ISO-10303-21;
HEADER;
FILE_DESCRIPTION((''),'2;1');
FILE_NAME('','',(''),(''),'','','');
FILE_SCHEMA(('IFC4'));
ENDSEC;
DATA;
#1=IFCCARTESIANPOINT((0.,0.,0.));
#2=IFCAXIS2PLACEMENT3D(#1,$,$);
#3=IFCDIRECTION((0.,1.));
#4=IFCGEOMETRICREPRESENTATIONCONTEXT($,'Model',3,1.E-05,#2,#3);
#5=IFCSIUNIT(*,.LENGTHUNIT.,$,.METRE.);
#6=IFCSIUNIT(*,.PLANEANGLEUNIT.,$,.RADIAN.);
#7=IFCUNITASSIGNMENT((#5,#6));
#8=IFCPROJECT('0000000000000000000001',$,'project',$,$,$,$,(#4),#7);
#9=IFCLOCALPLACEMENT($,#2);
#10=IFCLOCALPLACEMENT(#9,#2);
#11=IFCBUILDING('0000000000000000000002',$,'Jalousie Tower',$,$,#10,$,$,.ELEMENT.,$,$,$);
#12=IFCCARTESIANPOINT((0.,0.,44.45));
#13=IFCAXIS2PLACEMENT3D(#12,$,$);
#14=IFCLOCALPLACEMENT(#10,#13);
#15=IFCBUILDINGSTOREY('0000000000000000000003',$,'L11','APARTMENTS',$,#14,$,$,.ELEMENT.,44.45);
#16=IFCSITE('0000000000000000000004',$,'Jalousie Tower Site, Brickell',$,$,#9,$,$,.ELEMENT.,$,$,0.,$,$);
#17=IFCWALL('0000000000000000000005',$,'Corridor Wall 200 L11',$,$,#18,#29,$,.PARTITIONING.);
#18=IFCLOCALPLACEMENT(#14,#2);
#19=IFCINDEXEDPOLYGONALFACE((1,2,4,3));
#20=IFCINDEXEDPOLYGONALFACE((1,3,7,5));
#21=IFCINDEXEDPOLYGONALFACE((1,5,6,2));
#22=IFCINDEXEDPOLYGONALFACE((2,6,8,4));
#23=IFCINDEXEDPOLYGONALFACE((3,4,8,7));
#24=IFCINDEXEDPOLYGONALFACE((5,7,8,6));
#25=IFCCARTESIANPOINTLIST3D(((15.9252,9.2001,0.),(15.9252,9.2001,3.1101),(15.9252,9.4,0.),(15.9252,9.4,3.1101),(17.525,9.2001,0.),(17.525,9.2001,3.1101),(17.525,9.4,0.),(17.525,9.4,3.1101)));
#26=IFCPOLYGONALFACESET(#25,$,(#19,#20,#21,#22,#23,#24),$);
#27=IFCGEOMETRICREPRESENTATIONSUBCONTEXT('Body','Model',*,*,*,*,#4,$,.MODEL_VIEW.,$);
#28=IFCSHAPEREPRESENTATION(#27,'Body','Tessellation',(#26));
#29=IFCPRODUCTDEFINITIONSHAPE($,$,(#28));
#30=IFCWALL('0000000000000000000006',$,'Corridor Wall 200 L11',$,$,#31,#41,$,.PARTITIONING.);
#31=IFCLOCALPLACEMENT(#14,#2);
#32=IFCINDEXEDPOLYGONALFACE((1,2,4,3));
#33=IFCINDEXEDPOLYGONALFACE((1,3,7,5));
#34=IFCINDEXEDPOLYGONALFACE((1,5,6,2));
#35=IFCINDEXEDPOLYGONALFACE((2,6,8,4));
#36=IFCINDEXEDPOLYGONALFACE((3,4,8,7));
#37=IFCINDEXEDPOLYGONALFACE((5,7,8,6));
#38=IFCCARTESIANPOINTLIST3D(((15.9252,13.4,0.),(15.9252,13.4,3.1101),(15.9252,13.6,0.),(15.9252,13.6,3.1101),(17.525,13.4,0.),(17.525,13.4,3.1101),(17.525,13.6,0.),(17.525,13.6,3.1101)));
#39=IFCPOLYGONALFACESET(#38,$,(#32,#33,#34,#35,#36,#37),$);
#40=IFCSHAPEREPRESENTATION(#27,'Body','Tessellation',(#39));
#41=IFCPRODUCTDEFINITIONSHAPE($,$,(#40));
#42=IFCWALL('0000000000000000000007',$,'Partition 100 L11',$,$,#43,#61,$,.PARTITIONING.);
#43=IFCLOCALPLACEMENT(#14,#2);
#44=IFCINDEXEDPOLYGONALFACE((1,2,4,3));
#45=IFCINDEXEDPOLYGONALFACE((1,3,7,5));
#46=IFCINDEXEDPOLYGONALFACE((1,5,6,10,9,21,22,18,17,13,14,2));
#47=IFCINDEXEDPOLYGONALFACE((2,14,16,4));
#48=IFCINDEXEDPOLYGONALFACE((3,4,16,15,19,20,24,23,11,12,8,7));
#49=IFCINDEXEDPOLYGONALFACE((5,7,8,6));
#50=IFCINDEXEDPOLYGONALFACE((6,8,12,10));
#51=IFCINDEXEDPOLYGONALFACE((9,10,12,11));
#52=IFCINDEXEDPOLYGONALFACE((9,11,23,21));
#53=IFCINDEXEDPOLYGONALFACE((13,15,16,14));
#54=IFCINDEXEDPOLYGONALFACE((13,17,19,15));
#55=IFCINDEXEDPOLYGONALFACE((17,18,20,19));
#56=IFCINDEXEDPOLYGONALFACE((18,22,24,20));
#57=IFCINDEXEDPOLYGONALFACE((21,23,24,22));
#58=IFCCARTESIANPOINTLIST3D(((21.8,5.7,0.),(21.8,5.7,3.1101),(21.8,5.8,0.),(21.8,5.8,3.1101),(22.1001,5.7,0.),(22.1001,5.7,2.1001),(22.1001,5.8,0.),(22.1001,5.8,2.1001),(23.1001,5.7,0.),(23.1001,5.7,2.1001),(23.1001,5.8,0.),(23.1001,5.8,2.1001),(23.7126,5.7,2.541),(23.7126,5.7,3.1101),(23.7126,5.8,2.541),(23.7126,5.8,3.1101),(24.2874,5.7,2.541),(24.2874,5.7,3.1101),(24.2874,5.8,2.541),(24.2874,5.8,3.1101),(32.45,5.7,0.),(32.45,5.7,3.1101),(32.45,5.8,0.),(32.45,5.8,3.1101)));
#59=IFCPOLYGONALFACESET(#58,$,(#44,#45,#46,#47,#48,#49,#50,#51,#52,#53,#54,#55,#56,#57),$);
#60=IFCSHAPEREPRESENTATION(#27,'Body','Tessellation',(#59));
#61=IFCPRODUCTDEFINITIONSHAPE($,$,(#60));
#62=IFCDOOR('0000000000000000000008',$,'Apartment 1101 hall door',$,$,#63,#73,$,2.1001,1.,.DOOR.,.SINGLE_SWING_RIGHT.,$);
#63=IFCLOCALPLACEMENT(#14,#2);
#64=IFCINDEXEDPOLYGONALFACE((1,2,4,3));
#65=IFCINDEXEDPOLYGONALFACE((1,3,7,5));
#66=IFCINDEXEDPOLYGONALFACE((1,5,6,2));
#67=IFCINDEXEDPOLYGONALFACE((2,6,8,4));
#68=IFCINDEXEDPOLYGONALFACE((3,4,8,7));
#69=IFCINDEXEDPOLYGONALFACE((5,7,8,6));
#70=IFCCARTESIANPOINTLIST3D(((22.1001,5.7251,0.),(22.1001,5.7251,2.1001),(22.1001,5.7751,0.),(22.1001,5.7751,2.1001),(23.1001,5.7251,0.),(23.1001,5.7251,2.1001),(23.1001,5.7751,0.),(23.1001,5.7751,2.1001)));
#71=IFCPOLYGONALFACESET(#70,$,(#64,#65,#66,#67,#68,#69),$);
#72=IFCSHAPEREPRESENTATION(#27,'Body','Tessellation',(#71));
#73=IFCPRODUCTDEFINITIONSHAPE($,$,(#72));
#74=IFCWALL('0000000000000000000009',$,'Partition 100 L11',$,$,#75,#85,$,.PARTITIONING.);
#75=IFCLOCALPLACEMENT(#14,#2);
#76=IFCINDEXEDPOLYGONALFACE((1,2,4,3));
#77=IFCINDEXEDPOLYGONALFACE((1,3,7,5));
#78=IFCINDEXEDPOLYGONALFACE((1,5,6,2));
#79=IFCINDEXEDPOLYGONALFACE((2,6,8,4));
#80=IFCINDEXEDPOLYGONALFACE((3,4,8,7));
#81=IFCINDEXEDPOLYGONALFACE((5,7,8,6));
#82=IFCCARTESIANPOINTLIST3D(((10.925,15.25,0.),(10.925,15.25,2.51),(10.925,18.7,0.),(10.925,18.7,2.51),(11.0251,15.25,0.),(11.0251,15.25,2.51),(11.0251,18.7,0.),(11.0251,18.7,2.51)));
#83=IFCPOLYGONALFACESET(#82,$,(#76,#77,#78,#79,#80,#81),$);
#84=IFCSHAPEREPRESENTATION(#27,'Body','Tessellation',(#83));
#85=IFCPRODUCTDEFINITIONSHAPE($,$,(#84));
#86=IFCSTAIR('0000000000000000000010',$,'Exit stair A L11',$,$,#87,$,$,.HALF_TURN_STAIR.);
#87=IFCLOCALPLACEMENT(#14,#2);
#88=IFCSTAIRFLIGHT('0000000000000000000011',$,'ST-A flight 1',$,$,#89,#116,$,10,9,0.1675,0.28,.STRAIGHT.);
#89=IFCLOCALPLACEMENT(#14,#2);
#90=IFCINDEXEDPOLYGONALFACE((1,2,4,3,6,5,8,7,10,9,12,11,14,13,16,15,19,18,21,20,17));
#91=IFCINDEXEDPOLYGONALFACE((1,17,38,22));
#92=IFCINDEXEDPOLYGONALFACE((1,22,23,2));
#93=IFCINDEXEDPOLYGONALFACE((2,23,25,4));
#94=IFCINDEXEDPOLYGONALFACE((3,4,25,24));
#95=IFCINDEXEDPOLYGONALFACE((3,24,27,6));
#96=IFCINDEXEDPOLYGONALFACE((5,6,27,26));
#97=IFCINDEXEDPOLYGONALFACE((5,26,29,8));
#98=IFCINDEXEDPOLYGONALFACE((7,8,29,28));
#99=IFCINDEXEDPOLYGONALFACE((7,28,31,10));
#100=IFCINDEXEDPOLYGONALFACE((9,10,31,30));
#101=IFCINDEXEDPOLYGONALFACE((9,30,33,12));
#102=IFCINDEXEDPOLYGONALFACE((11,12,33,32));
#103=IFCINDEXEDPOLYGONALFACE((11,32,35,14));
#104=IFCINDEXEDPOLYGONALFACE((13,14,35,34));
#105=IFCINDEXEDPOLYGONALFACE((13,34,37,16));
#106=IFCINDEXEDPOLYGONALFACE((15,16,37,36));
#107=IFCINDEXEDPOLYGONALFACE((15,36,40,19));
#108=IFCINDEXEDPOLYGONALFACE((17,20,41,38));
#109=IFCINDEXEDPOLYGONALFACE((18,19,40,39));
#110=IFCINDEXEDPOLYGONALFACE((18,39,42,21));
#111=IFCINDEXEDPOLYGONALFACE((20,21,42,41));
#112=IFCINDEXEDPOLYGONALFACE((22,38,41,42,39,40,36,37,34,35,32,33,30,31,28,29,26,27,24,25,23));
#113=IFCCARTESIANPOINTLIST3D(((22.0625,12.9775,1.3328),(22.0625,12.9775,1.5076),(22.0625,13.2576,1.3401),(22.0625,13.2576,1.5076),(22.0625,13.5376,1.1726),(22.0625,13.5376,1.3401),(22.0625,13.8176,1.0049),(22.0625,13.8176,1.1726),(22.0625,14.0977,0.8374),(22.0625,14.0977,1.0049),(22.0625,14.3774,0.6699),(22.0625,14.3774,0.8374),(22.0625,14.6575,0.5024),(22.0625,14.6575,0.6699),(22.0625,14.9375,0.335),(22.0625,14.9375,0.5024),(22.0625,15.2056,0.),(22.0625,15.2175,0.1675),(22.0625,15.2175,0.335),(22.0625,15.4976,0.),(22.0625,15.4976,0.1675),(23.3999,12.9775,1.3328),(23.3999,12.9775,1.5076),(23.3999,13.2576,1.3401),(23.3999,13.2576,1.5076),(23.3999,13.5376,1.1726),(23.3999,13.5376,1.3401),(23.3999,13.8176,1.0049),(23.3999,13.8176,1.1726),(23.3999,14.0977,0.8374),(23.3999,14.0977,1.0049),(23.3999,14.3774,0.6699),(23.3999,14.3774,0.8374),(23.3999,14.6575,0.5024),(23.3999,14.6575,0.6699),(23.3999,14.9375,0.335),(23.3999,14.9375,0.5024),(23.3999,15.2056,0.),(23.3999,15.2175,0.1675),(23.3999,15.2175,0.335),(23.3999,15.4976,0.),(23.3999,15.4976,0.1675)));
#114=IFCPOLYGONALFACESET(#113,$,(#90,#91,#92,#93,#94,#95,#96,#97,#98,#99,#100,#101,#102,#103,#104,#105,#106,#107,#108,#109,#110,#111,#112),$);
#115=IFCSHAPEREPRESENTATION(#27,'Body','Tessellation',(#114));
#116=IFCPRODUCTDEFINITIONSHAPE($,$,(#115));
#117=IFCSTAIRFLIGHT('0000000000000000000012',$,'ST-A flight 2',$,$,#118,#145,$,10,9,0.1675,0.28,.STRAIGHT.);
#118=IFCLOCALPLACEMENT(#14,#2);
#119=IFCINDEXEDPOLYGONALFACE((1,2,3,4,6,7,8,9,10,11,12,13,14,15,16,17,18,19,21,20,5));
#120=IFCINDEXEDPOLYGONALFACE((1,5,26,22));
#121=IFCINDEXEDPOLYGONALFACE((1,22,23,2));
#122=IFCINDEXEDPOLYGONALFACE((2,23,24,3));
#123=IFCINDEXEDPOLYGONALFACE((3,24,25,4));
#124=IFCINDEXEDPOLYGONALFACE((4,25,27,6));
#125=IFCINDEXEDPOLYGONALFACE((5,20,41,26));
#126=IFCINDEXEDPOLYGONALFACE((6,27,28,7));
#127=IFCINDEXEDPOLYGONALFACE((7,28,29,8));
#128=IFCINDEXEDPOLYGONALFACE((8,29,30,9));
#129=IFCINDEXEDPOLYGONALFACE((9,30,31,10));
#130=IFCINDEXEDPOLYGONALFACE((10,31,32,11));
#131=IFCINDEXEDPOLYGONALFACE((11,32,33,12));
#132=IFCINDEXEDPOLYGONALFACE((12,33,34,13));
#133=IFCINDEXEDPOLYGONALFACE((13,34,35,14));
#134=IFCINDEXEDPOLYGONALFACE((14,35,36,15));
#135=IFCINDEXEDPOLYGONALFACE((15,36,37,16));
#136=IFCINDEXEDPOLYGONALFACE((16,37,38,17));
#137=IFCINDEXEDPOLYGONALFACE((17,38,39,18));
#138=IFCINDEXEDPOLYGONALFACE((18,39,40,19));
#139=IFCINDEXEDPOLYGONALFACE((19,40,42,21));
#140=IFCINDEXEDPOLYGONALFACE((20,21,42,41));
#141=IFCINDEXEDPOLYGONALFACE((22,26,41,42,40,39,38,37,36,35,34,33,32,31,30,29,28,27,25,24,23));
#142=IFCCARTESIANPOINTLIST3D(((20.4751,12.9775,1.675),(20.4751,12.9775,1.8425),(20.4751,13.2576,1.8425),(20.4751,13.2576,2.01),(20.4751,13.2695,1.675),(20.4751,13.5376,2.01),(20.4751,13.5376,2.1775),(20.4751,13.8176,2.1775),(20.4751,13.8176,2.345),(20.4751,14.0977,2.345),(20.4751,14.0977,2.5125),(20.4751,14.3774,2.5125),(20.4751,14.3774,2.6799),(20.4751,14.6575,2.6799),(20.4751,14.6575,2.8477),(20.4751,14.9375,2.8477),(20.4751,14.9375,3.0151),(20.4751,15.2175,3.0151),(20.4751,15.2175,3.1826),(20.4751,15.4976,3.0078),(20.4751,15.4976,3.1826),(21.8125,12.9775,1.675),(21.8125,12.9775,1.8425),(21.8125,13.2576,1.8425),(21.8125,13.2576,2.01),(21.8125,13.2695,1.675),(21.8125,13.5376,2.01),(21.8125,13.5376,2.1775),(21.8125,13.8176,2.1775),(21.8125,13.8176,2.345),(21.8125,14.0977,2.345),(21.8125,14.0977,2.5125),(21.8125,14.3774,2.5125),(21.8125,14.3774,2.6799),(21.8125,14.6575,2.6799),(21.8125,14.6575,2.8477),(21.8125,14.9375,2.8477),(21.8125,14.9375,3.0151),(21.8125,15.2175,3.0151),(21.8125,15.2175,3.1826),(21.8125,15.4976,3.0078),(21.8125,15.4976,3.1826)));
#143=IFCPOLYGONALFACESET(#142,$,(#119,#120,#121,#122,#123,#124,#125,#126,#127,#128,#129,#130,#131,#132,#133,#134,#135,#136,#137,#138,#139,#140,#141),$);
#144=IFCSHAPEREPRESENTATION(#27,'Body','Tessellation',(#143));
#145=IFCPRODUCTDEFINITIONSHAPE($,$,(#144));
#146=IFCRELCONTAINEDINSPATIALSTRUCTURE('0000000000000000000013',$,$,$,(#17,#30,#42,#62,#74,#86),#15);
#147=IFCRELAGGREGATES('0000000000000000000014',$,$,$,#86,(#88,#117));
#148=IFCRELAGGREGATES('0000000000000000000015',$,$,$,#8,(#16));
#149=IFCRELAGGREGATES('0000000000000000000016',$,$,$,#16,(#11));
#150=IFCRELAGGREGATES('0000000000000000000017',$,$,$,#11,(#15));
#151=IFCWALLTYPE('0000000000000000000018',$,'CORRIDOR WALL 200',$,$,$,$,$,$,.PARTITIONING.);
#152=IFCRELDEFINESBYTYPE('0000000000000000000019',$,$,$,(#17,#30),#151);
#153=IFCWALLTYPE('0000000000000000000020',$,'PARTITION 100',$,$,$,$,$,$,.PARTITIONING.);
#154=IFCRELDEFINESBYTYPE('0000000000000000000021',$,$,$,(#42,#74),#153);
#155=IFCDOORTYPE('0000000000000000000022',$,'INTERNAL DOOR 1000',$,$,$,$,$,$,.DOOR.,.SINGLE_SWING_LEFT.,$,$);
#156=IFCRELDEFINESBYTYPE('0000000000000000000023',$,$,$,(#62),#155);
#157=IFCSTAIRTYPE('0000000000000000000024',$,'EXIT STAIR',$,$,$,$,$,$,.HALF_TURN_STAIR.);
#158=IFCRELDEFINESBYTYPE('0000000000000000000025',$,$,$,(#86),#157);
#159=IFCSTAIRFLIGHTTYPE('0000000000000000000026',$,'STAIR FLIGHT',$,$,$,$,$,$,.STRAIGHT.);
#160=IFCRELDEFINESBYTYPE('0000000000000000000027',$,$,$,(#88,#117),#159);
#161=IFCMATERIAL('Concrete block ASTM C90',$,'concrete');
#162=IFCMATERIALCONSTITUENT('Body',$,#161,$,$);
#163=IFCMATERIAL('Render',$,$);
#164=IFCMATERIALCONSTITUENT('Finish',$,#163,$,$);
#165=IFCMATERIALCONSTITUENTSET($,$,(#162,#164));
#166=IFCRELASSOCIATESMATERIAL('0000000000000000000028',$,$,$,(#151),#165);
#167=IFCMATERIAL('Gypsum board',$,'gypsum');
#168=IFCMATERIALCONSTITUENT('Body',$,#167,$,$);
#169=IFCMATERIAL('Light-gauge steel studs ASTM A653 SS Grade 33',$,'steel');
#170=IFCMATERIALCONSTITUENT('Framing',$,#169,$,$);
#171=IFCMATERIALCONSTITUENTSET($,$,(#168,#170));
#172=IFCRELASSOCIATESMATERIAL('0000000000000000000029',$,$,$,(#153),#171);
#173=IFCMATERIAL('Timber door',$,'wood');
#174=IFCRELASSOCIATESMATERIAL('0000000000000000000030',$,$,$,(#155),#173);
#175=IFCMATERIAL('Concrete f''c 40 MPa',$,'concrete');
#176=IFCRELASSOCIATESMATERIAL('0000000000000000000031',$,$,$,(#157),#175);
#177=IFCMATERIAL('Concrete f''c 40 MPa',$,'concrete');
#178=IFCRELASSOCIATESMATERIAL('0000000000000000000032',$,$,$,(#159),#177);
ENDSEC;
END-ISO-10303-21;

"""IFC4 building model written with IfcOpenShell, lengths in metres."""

from ifc_helpers import new_model, si_unit, direction, frame, frame_2d, origin, place, context, subcontext, project, spatial, polyline, rectangle, outline, extrude, material, constituent, constituent_set, type_object, element, fill, aggregate, save


model = new_model("IFC4")

# Units and contexts
model_context = context("Model", 3, precision=1e-05, world=origin(), true_north=direction((0.0, 1.0)))
body_context = subcontext(model_context, "Body", "Model", "MODEL_VIEW")
ifc_project = project(units=[si_unit("LENGTHUNIT", "METRE"), si_unit("PLANEANGLEUNIT", "RADIAN")], contexts=[model_context])

# Site, building, storey
site_placement = place(None, origin())
site = spatial("IfcSite", under=ifc_project, at=site_placement, Name="Jalousie Tower Site, Brickell", CompositionType="ELEMENT", RefElevation=0.0)
building_placement = place(site_placement, origin())
building = spatial("IfcBuilding", under=site, at=building_placement, Name="Jalousie Tower", CompositionType="ELEMENT")
storey_placement = place(building_placement, frame((0.0, 0.0, 44.45)))
storey = spatial("IfcBuildingStorey", under=building, at=storey_placement, Name="L11", Description="APARTMENTS", CompositionType="ELEMENT", Elevation=44.45)

# Shared definitions
ifc_material_1 = material(Name="Concrete block ASTM C90", Category="concrete")
ifc_constituent_1 = constituent(ifc_material_1, Name="Body")
ifc_material_2 = material(Name="Render")
ifc_constituent_2 = constituent(ifc_material_2, Name="Finish")
ifc_constituent_set_1 = constituent_set(constituents=[ifc_constituent_1, ifc_constituent_2])
wall_type_1 = type_object("IfcWallType", Name="CORRIDOR WALL 200", PredefinedType="PARTITIONING", material=ifc_constituent_set_1)

# Walls
for number, where, z_axis, x_axis, name in (
    (1, (17.5249, 9.3, 0.0), (0.0, 0.0, 1.0), (-1.0, 0.0, 0.0), "Corridor Wall 200 L11"),
    (2, (17.5249, 13.5, 0.0), (0.0, 0.0, 1.0), (-1.0, 0.0, 0.0), "Corridor Wall 200 L11"),
):
    element("IfcWall", number, at=place(storey_placement, frame(where, z_axis=z_axis, x_axis=x_axis)), inside=storey, type_object=wall_type_1, Name=name, PredefinedType="PARTITIONING", context=body_context, shape_type="SweptSolid", body=[
        extrude(rectangle(XDim=1.5999, YDim=0.2, at=frame_2d((0.7998, 0.0))), origin(), (0.0, 0.0, 1.0), 3.1101),
    ])

# Wall, opening, door
ifc_material_3 = material(Name="Gypsum board", Category="gypsum")
ifc_constituent_3 = constituent(ifc_material_3, Name="Body")
ifc_material_4 = material(Name="Light-gauge steel studs ASTM A653 SS Grade 33", Category="steel")
ifc_constituent_4 = constituent(ifc_material_4, Name="Framing")
ifc_constituent_set_2 = constituent_set(constituents=[ifc_constituent_3, ifc_constituent_4])
wall_type_2 = type_object("IfcWallType", Name="PARTITION 100", PredefinedType="PARTITIONING", material=ifc_constituent_set_2)
wall_1_placement = place(storey_placement, frame((21.8, 5.75, 0.0), z_axis=(0.0, 0.0, 1.0), x_axis=(1.0, 0.0, 0.0)))
wall_1 = element("IfcWall", 3, at=wall_1_placement, inside=storey, type_object=wall_type_2, Name="Partition 100 L11", PredefinedType="PARTITIONING", context=body_context, shape_type="SweptSolid", body=[
    extrude(outline(polyline([(0.0, 0.0), (10.6499, 0.0), (10.6499, 3.1101), (2.4873, 3.1101), (2.4873, 2.541), (1.9126, 2.541), (1.9126, 3.1101), (0.0, 3.1101), (0.0, 0.0)])), frame((0.0, 0.05, 0.0), z_axis=(0.0, -1.0, 0.0), x_axis=(1.0, 0.0, 0.0)), (0.0, 0.0, 1.0), 0.1001),
])
opening_1_placement = place(wall_1_placement, frame((0.3, 0.0, 0.0)))
opening_1 = element("IfcOpeningElement", 4, at=opening_1_placement, cuts=wall_1, PredefinedType="OPENING", context=body_context, shape_type="SweptSolid", body=[
    extrude(rectangle(XDim=1.0, YDim=2.1001, at=frame_2d((0.5, 1.05))), frame((0.0, 0.0601, 0.0), z_axis=(0.0, -1.0, 0.0), x_axis=(1.0, 0.0, 0.0)), (0.0, 0.0, 1.0), 0.1201),
])
ifc_material_5 = material(Name="Timber door", Category="wood")
door_type_1 = type_object("IfcDoorType", Name="INTERNAL DOOR 1000", OperationType="SINGLE_SWING_LEFT", PredefinedType="DOOR", material=ifc_material_5)
door_1_placement = place(opening_1_placement, frame((1.0, 0.0, 0.0), z_axis=(0.0, 0.0, 1.0), x_axis=(-1.0, 0.0, 0.0)))
door_1 = element("IfcDoor", 5, at=door_1_placement, inside=storey, type_object=door_type_1, Name="Apartment 1101 hall door", OperationType="SINGLE_SWING_RIGHT", OverallHeight=2.1001, OverallWidth=1.0, PredefinedType="DOOR", context=body_context, shape_type="SweptSolid", body=[
    extrude(rectangle(XDim=1.0, YDim=2.1001, at=frame_2d((0.5, 1.05))), frame((0.0, 0.0249, 0.0), z_axis=(0.0, -1.0, 0.0), x_axis=(1.0, 0.0, 0.0)), (0.0, 0.0, 1.0), 0.05),
])
fill(opening_1, door_1)

# Wall
wall_2_placement = place(storey_placement, frame((10.9751, 15.25, 0.0), z_axis=(0.0, 0.0, 1.0), x_axis=(0.0, 1.0, 0.0)))
element("IfcWall", 6, at=wall_2_placement, inside=storey, type_object=wall_type_2, Name="Partition 100 L11", PredefinedType="PARTITIONING", context=body_context, shape_type="SweptSolid", body=[
    extrude(outline(polyline([(0.0, 0.0), (3.45, 0.0), (3.45, 3.1101), (3.45, 2.51), (0.0, 2.51), (0.0, 3.1101), (0.0, 0.0)])), frame((0.0, 0.05, 0.0), z_axis=(0.0, -1.0, 0.0), x_axis=(1.0, 0.0, 0.0)), (0.0, 0.0, 1.0), 0.1001),
])

# Stair, stair flights
ifc_material_6 = material(Name="Concrete f'c 40 MPa", Category="concrete")
stair_type = type_object("IfcStairType", Name="EXIT STAIR", PredefinedType="HALF_TURN_STAIR", material=ifc_material_6)
stair_placement = place(storey_placement, origin())
stair = element("IfcStair", 7, at=stair_placement, inside=storey, type_object=stair_type, Name="Exit stair A L11", PredefinedType="HALF_TURN_STAIR")
ifc_material_7 = material(Name="Concrete f'c 40 MPa", Category="concrete")
stair_flight_type = type_object("IfcStairFlightType", Name="STAIR FLIGHT", PredefinedType="STRAIGHT", material=ifc_material_7)
stair_flight_1_placement = place(storey_placement, frame((22.7312, 15.4976, 0.0), z_axis=(0.0, 0.0, 1.0), x_axis=(0.0, -1.0, 0.0)))
stair_flight_1 = element("IfcStairFlight", 8, at=stair_flight_1_placement, type_object=stair_flight_type, Name="ST-A flight 1", NumberOfRisers=10, NumberOfTreads=9, PredefinedType="STRAIGHT", RiserHeight=0.1675, TreadLength=0.28, context=body_context, shape_type="SweptSolid", body=[
    extrude(outline(polyline([(0.0, 0.0), (0.0, 0.1675), (0.28, 0.1675), (0.28, 0.335), (0.5601, 0.335), (0.5601, 0.5024), (0.8401, 0.5024), (0.8401, 0.6699), (1.1201, 0.6699), (1.1201, 0.8374), (1.3999, 0.8374), (1.3999, 1.0049), (1.6799, 1.0049), (1.6799, 1.1726), (1.96, 1.1726), (1.96, 1.3401), (2.24, 1.3401), (2.24, 1.5076), (2.52, 1.5076), (2.52, 1.675), (2.52, 1.3328), (0.292, 0.0), (0.0, 0.0)])), frame((0.0, 0.6687, 0.0), z_axis=(0.0, -1.0, 0.0), x_axis=(1.0, 0.0, 0.0)), (0.0, 0.0, 1.0), 1.3374),
])
stair_flight_2_placement = place(storey_placement, frame((21.1438, 12.9775, 1.675), z_axis=(0.0, 0.0, 1.0), x_axis=(0.0, 1.0, 0.0)))
stair_flight_2 = element("IfcStairFlight", 9, at=stair_flight_2_placement, type_object=stair_flight_type, Name="ST-A flight 2", NumberOfRisers=10, NumberOfTreads=9, PredefinedType="STRAIGHT", RiserHeight=0.1675, TreadLength=0.28, context=body_context, shape_type="SweptSolid", body=[
    extrude(outline(polyline([(0.0, 0.0), (0.0, 0.1675), (0.28, 0.1675), (0.28, 0.335), (0.5601, 0.335), (0.5601, 0.5024), (0.8401, 0.5024), (0.8401, 0.6699), (1.1201, 0.6699), (1.1201, 0.8374), (1.3999, 0.8374), (1.3999, 1.0049), (1.6799, 1.0049), (1.6799, 1.1726), (1.96, 1.1726), (1.96, 1.3401), (2.24, 1.3401), (2.24, 1.5076), (2.52, 1.5076), (2.52, 1.675), (2.52, 1.3328), (0.292, 0.0), (0.0, 0.0)])), frame((0.0, 0.6687, 0.0), z_axis=(0.0, -1.0, 0.0), x_axis=(1.0, 0.0, 0.0)), (0.0, 0.0, 1.0), 1.3374),
])
aggregate(stair, [stair_flight_1, stair_flight_2])

save(model, "model.ifc")
